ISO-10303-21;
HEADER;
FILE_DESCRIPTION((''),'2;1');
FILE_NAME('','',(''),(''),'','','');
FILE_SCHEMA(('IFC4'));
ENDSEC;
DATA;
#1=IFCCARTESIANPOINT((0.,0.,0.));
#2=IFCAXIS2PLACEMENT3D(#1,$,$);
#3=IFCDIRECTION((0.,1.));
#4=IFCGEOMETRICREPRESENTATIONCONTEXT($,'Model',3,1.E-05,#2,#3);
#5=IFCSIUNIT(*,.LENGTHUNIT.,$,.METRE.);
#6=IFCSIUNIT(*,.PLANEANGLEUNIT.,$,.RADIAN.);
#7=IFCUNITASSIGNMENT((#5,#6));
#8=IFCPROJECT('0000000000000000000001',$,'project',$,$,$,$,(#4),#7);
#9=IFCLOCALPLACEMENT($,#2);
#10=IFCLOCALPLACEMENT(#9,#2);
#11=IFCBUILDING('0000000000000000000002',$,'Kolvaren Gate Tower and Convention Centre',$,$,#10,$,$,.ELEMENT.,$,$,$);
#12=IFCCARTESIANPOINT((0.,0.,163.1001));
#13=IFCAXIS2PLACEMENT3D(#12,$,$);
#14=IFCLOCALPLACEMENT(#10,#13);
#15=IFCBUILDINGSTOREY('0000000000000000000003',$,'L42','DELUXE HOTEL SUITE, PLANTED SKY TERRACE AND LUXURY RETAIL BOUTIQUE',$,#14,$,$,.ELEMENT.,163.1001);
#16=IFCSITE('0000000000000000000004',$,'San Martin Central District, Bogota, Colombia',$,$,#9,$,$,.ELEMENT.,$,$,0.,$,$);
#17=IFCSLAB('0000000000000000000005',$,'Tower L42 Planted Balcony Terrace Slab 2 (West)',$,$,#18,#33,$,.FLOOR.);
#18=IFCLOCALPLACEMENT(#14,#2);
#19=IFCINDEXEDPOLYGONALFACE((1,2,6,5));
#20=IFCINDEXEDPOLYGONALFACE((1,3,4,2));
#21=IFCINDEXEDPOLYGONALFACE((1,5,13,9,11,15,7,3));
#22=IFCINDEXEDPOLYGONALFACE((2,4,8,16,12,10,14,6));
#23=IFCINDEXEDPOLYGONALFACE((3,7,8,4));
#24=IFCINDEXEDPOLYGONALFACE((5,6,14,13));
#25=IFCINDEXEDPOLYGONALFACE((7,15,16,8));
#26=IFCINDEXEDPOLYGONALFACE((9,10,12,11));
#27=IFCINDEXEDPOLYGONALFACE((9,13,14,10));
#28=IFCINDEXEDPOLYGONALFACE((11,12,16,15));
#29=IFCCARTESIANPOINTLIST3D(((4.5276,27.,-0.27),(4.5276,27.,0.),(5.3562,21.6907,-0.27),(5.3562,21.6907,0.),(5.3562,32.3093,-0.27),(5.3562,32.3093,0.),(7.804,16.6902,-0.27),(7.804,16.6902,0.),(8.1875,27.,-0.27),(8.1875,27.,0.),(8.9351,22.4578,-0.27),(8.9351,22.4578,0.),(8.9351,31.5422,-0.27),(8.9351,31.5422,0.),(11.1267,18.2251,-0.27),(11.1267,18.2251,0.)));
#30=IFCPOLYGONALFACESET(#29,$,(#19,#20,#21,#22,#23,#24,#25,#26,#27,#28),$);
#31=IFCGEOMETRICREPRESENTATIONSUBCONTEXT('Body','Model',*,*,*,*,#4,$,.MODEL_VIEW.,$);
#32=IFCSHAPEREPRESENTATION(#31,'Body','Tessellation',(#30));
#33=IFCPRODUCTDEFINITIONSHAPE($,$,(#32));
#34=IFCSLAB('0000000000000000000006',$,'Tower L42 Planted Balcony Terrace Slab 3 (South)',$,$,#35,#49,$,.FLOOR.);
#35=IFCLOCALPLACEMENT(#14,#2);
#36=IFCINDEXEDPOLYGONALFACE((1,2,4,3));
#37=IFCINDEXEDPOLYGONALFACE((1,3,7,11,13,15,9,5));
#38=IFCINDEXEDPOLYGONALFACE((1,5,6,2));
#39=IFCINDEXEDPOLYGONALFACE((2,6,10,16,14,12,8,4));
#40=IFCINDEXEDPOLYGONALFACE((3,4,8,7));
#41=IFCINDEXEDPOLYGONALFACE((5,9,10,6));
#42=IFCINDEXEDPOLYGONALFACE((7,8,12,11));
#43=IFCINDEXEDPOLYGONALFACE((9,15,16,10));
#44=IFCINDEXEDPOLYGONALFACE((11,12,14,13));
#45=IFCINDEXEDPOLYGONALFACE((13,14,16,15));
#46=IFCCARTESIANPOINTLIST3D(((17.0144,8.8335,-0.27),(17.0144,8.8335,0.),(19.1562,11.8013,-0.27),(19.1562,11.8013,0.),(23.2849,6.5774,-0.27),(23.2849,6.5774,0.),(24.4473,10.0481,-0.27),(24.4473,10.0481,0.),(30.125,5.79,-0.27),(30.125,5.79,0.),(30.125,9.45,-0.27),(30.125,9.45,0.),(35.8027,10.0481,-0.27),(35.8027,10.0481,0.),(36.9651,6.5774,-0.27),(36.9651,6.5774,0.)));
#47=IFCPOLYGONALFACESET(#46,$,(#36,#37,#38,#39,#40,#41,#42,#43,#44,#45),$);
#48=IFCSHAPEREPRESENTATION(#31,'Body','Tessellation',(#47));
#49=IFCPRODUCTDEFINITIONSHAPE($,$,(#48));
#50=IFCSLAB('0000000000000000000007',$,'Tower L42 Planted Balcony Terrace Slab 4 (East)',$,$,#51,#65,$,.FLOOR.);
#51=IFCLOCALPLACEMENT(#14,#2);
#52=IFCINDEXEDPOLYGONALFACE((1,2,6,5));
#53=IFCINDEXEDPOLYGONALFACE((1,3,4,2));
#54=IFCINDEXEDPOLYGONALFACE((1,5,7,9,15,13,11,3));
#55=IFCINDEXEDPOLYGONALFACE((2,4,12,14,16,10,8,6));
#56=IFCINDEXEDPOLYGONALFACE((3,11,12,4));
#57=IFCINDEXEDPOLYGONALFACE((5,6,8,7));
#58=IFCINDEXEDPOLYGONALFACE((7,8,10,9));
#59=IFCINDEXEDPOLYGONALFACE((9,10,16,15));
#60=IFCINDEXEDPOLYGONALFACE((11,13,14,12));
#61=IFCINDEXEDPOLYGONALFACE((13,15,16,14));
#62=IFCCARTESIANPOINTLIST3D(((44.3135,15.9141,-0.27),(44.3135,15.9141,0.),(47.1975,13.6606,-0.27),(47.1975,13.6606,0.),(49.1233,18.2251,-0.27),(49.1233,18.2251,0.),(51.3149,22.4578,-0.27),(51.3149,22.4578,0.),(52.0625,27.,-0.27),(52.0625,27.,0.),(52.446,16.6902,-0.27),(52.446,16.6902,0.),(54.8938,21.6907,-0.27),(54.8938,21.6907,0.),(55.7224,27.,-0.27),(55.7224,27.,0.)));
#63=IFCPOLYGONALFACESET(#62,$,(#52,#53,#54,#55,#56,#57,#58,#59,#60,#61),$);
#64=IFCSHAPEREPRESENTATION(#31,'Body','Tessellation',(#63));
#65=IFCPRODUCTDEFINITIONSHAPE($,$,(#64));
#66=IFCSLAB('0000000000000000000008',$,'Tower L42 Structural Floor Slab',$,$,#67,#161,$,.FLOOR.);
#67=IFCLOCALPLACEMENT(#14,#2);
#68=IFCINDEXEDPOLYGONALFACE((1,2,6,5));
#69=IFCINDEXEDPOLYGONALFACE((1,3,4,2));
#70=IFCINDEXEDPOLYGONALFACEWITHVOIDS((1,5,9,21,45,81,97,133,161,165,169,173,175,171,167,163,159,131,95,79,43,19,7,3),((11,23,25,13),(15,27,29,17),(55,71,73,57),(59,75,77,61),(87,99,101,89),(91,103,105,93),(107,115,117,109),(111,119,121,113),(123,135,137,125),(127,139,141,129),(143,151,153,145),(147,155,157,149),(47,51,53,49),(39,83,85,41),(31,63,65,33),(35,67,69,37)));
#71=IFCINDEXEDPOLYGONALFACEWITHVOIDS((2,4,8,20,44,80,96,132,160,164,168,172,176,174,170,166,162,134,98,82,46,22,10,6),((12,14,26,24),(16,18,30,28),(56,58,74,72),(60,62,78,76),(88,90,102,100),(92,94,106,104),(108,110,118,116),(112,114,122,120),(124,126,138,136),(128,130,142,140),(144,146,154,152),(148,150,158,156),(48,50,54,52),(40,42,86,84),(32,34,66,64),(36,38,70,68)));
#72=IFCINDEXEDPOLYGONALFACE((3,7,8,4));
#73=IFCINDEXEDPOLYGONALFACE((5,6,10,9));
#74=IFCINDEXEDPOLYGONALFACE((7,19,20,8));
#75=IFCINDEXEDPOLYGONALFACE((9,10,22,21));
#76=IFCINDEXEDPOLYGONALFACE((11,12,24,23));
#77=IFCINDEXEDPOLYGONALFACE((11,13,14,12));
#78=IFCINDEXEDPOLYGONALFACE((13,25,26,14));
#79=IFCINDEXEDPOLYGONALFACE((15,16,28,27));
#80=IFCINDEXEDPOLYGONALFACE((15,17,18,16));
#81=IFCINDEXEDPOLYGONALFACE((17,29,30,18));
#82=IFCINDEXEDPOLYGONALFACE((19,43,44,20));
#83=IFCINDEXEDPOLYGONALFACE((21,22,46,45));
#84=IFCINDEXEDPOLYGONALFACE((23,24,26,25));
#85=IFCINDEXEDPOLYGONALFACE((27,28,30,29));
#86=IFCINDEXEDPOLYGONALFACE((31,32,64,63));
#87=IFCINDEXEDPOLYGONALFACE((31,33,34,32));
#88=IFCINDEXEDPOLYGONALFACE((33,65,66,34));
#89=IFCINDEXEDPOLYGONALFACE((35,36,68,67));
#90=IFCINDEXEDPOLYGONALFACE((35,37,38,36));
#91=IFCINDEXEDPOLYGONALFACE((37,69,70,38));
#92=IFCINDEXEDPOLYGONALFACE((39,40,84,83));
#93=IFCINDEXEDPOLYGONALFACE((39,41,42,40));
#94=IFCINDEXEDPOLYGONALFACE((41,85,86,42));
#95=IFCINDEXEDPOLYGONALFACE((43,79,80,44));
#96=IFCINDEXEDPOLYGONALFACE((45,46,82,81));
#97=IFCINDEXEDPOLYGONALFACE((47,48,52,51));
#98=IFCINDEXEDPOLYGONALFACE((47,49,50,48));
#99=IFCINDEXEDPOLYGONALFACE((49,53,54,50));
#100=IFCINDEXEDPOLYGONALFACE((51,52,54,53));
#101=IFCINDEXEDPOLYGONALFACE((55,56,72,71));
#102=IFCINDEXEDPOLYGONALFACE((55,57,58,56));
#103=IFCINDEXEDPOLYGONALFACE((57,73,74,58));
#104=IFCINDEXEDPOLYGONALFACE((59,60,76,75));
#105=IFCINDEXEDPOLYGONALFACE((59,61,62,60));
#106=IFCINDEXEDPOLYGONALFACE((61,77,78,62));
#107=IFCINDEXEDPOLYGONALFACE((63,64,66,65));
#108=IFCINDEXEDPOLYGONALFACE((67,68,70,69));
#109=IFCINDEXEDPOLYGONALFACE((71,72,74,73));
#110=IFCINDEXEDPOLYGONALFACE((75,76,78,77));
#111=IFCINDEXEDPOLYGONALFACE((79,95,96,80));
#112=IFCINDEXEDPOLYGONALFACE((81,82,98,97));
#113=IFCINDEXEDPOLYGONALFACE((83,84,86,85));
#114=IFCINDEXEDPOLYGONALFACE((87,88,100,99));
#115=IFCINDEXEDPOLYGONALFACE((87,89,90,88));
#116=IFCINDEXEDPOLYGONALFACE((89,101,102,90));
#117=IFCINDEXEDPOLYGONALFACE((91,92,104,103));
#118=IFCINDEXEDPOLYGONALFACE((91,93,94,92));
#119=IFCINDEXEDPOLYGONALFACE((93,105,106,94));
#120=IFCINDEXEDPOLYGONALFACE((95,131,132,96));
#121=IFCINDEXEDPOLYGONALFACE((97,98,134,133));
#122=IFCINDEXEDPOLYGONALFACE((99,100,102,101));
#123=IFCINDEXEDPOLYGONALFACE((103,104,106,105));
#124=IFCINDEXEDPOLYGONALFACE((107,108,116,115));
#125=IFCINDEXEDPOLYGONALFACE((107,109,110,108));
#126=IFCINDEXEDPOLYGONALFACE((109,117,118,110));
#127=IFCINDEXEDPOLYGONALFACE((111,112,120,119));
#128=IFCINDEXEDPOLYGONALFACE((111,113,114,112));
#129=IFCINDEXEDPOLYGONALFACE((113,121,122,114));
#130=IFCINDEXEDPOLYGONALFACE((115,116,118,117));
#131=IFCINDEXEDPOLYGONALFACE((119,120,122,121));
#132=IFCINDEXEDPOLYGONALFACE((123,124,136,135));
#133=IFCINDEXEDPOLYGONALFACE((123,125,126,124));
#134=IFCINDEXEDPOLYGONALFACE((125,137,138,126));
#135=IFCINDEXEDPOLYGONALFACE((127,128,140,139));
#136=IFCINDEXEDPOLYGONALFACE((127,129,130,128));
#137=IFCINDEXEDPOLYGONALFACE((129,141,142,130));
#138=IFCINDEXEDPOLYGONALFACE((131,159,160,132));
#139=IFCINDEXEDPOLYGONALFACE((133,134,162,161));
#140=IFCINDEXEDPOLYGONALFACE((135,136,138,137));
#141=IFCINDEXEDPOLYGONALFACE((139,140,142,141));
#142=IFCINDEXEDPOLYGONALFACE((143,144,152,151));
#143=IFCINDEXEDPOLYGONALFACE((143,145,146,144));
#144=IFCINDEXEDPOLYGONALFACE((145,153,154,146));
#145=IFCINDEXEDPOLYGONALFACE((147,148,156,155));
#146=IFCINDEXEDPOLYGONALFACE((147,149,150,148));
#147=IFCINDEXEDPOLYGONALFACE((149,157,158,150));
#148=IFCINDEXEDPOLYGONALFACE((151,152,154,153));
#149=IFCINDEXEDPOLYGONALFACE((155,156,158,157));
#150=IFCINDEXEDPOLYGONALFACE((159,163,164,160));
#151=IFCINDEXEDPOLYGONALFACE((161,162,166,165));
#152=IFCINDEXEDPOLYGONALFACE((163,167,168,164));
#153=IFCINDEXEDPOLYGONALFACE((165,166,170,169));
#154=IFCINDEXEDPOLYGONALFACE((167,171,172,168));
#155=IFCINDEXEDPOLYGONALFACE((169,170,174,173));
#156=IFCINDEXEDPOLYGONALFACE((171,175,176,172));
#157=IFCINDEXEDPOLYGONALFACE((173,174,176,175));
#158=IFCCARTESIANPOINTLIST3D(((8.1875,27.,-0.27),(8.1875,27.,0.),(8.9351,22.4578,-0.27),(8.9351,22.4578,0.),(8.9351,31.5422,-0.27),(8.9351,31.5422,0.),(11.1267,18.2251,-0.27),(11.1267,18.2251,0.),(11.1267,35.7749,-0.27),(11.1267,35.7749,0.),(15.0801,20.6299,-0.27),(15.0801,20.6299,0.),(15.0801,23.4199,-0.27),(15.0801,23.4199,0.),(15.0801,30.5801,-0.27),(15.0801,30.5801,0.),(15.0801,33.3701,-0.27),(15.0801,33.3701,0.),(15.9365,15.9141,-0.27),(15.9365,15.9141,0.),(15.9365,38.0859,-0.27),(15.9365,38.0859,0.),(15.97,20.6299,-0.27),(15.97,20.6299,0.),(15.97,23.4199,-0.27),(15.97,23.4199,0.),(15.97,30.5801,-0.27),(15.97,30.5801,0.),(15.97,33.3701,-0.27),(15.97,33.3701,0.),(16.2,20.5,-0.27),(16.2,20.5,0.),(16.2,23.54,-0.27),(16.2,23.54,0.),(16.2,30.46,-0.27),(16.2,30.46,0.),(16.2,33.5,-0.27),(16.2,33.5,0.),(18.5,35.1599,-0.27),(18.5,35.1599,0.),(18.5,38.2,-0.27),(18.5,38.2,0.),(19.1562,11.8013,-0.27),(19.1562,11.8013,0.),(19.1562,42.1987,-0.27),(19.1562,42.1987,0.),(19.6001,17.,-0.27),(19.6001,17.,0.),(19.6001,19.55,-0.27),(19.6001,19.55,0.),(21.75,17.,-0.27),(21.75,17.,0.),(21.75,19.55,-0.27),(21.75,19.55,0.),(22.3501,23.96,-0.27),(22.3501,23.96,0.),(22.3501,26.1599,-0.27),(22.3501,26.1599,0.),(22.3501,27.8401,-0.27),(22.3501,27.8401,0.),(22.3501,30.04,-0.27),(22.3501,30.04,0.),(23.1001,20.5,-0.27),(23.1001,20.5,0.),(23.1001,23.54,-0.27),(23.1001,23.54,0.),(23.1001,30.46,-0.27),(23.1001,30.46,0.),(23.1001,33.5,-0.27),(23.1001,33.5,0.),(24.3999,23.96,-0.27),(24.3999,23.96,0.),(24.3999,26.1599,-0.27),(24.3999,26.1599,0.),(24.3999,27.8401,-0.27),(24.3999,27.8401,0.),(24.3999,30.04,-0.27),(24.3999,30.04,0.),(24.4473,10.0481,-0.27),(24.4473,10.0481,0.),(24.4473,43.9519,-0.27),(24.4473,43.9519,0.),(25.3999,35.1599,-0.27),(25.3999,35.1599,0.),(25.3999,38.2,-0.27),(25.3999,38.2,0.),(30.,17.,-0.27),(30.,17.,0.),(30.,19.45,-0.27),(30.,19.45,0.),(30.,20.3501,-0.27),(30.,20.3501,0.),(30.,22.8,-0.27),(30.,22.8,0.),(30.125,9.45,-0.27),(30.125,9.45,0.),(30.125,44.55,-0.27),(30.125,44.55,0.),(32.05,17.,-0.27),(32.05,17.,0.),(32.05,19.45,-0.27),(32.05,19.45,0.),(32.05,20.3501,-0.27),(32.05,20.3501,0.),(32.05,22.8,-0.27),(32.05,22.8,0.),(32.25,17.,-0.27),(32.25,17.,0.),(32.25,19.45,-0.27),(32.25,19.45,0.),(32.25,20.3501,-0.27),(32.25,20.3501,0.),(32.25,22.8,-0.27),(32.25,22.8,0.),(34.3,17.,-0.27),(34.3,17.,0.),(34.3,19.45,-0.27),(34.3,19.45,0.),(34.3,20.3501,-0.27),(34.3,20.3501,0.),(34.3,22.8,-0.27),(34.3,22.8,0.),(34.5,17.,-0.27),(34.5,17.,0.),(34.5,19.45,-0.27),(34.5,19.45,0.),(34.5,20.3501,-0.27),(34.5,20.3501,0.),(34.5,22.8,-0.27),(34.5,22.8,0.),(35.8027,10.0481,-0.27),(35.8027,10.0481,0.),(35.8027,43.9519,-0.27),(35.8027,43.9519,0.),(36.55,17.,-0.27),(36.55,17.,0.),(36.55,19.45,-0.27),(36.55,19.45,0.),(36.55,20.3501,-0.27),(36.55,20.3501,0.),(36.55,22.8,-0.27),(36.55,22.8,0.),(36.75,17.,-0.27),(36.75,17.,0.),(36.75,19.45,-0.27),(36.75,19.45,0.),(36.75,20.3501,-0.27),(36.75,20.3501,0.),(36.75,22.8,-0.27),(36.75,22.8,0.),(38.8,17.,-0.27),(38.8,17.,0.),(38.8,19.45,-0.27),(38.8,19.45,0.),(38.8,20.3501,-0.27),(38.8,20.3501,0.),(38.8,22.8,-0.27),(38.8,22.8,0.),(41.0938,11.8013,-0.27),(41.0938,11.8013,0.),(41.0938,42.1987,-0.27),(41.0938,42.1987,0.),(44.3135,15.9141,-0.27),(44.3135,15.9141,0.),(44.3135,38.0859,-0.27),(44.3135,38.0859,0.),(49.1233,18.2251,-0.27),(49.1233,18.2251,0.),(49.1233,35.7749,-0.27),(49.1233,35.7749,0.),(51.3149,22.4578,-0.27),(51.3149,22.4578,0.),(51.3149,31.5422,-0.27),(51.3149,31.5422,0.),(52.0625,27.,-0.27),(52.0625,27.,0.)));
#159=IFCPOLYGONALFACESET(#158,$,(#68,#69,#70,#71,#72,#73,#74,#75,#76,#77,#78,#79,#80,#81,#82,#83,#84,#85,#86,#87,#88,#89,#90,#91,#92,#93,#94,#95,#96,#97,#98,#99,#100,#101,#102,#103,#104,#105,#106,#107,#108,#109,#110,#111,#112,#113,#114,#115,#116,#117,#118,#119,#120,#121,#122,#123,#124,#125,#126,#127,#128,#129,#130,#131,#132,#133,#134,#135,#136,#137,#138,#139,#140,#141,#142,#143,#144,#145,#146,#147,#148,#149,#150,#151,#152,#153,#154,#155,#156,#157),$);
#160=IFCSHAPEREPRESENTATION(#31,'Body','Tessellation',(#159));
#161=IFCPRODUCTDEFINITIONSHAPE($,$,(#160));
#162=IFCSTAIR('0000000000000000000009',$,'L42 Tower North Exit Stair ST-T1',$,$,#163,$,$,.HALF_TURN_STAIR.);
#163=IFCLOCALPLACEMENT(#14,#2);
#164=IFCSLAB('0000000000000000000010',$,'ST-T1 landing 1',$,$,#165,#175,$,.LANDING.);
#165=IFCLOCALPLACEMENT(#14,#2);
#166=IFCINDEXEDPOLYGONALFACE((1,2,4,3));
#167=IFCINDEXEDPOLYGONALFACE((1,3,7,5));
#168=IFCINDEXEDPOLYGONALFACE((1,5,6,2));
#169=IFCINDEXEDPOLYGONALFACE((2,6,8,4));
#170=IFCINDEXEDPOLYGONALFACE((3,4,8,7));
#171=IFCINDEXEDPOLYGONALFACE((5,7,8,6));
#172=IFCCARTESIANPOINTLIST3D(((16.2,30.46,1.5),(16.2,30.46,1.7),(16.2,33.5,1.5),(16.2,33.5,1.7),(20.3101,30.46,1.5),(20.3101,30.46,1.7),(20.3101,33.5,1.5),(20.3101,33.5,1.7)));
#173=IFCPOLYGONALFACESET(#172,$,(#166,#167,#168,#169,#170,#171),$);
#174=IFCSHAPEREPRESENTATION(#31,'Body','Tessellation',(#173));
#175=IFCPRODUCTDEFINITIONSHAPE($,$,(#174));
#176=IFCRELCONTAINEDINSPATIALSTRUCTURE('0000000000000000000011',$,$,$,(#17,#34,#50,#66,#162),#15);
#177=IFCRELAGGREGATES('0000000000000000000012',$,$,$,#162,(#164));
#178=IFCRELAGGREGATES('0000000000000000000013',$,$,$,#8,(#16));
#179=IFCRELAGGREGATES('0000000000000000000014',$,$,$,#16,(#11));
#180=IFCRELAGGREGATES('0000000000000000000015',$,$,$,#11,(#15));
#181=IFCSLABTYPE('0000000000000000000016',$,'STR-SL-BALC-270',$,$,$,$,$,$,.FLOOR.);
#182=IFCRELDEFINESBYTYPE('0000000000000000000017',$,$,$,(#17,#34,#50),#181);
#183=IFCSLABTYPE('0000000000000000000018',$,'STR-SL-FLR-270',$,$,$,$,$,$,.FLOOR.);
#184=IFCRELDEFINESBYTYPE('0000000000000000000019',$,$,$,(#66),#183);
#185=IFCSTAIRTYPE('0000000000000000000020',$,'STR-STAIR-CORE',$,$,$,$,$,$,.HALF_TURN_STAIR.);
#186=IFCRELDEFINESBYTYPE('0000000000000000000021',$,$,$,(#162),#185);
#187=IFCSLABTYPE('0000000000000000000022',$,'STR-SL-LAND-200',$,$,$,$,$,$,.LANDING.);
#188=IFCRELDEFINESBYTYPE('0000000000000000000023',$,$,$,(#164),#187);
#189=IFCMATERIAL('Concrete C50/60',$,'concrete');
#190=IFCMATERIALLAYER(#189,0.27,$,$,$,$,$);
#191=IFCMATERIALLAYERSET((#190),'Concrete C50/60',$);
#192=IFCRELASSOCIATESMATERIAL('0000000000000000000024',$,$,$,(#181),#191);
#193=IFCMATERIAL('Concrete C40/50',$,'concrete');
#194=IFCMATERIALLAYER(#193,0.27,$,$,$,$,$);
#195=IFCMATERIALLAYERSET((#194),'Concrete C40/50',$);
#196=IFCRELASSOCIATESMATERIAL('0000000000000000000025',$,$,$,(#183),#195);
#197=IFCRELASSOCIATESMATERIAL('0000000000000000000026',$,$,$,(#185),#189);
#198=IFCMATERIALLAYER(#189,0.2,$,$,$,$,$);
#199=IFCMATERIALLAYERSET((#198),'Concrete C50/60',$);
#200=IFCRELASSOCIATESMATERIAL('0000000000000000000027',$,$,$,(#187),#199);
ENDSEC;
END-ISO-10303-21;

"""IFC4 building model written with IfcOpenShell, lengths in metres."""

from ifc_helpers import new_model, si_unit, direction, frame, origin, place, context, subcontext, project, spatial, polyline, outline, extrude, material, layer, layer_set, type_object, element, aggregate, save


model = new_model("IFC4")

# Units and contexts
model_context = context("Model", 3, precision=1e-05, world=origin(), true_north=direction((0.0, 1.0)))
body_context = subcontext(model_context, "Body", "Model", "MODEL_VIEW")
ifc_project = project(units=[si_unit("LENGTHUNIT", "METRE"), si_unit("PLANEANGLEUNIT", "RADIAN")], contexts=[model_context])

# Site, building, storey
site_placement = place(None, origin())
site = spatial("IfcSite", under=ifc_project, at=site_placement, Name="San Martin Central District, Bogota, Colombia", CompositionType="ELEMENT", RefElevation=0.0)
building_placement = place(site_placement, origin())
building = spatial("IfcBuilding", under=site, at=building_placement, Name="Kolvaren Gate Tower and Convention Centre", CompositionType="ELEMENT")
storey_placement = place(building_placement, frame((0.0, 0.0, 163.1001)))
storey = spatial("IfcBuildingStorey", under=building, at=storey_placement, Name="L42", Description="DELUXE HOTEL SUITE, PLANTED SKY TERRACE AND LUXURY RETAIL BOUTIQUE", CompositionType="ELEMENT", Elevation=163.1001)

# Slabs
ifc_material_1 = material(Name="Concrete C50/60", Category="concrete")
ifc_layer_1 = layer(ifc_material_1, 0.27)
ifc_layer_set_1 = layer_set([ifc_layer_1], Name="Concrete C50/60")
slab_type_1 = type_object("IfcSlabType", Name="STR-SL-BALC-270", PredefinedType="FLOOR", material=ifc_layer_set_1)
slab_1_placement = place(storey_placement, frame((0.0, 0.0, -0.27)))
element("IfcSlab", 1, at=slab_1_placement, inside=storey, type_object=slab_type_1, Name="Tower L42 Planted Balcony Terrace Slab 2 (West)", PredefinedType="FLOOR", context=body_context, shape_type="SweptSolid", body=[
    extrude(outline(polyline([(8.9351, 31.5422), (8.1875, 27.0), (8.9351, 22.4578), (11.1267, 18.2251), (7.804, 16.6902), (5.3562, 21.6907), (4.5276, 27.0), (5.3562, 32.3093), (8.9351, 31.5422)])), origin(), (0.0, 0.0, 1.0), 0.27),
])
slab_2_placement = place(storey_placement, frame((0.0, 0.0, -0.27)))
element("IfcSlab", 2, at=slab_2_placement, inside=storey, type_object=slab_type_1, Name="Tower L42 Planted Balcony Terrace Slab 3 (South)", PredefinedType="FLOOR", context=body_context, shape_type="SweptSolid", body=[
    extrude(outline(polyline([(19.1562, 11.8013), (24.4473, 10.0481), (30.125, 9.45), (35.8027, 10.0481), (36.9651, 6.5774), (30.125, 5.79), (23.2849, 6.5774), (17.0144, 8.8335), (19.1562, 11.8013)])), origin(), (0.0, 0.0, 1.0), 0.27),
])
slab_3_placement = place(storey_placement, frame((0.0, 0.0, -0.27)))
element("IfcSlab", 3, at=slab_3_placement, inside=storey, type_object=slab_type_1, Name="Tower L42 Planted Balcony Terrace Slab 4 (East)", PredefinedType="FLOOR", context=body_context, shape_type="SweptSolid", body=[
    extrude(outline(polyline([(44.3135, 15.9141), (49.1233, 18.2251), (51.3149, 22.4578), (52.0625, 27.0), (55.7224, 27.0), (54.8938, 21.6907), (52.446, 16.6902), (47.1975, 13.6606), (44.3135, 15.9141)])), origin(), (0.0, 0.0, 1.0), 0.27),
])
ifc_material_2 = material(Name="Concrete C40/50", Category="concrete")
ifc_layer_2 = layer(ifc_material_2, 0.27)
ifc_layer_set_2 = layer_set([ifc_layer_2], Name="Concrete C40/50")
slab_type_2 = type_object("IfcSlabType", Name="STR-SL-FLR-270", PredefinedType="FLOOR", material=ifc_layer_set_2)
slab_4_placement = place(storey_placement, frame((0.0, 0.0, -0.27)))
element("IfcSlab", 4, at=slab_4_placement, inside=storey, type_object=slab_type_2, Name="Tower L42 Structural Floor Slab", PredefinedType="FLOOR", context=body_context, shape_type="SweptSolid", body=[
    extrude(outline(polyline([(52.0625, 27.0), (51.3149, 31.5422), (49.1233, 35.7749), (44.3135, 38.0859), (41.0938, 42.1987), (35.8027, 43.9519), (30.125, 44.55), (24.4473, 43.9519), (19.1562, 42.1987), (15.9365, 38.0859), (11.1267, 35.7749), (8.9351, 31.5422), (8.1875, 27.0), (8.9351, 22.4578), (11.1267, 18.2251), (15.9365, 15.9141), (19.1562, 11.8013), (24.4473, 10.0481), (30.125, 9.45), (35.8027, 10.0481), (41.0938, 11.8013), (44.3135, 15.9141), (49.1233, 18.2251), (51.3149, 22.4578), (52.0625, 27.0)]), holes=[polyline([(36.75, 17.0), (36.75, 19.45), (38.8, 19.45), (38.8, 17.0), (36.75, 17.0)]), polyline([(36.75, 20.3501), (36.75, 22.8), (38.8, 22.8), (38.8, 20.3501), (36.75, 20.3501)]), polyline([(34.5, 17.0), (34.5, 19.45), (36.55, 19.45), (36.55, 17.0), (34.5, 17.0)]), polyline([(34.5, 20.3501), (34.5, 22.8), (36.55, 22.8), (36.55, 20.3501), (34.5, 20.3501)]), polyline([(32.25, 17.0), (32.25, 19.45), (34.3, 19.45), (34.3, 17.0), (32.25, 17.0)]), polyline([(32.25, 20.3501), (32.25, 22.8), (34.3, 22.8), (34.3, 20.3501), (32.25, 20.3501)]), polyline([(30.0, 17.0), (30.0, 19.45), (32.05, 19.45), (32.05, 17.0), (30.0, 17.0)]), polyline([(30.0, 20.3501), (30.0, 22.8), (32.05, 22.8), (32.05, 20.3501), (30.0, 20.3501)]), polyline([(25.3999, 38.2), (25.3999, 35.1599), (18.5, 35.1599), (18.5, 38.2), (25.3999, 38.2)]), polyline([(22.3501, 23.96), (22.3501, 26.1599), (24.3999, 26.1599), (24.3999, 23.96), (22.3501, 23.96)]), polyline([(22.3501, 27.8401), (22.3501, 30.04), (24.3999, 30.04), (24.3999, 27.8401), (22.3501, 27.8401)]), polyline([(23.1001, 23.54), (23.1001, 20.5), (16.2, 20.5), (16.2, 23.54), (23.1001, 23.54)]), polyline([(23.1001, 33.5), (23.1001, 30.46), (16.2, 30.46), (16.2, 33.5), (23.1001, 33.5)]), polyline([(19.6001, 17.0), (19.6001, 19.55), (21.75, 19.55), (21.75, 17.0), (19.6001, 17.0)]), polyline([(15.0801, 20.6299), (15.0801, 23.4199), (15.97, 23.4199), (15.97, 20.6299), (15.0801, 20.6299)]), polyline([(15.0801, 30.5801), (15.0801, 33.3701), (15.97, 33.3701), (15.97, 30.5801), (15.0801, 30.5801)])]), origin(), (0.0, 0.0, 1.0), 0.27),
])

# Stair, slab
stair_type = type_object("IfcStairType", Name="STR-STAIR-CORE", PredefinedType="HALF_TURN_STAIR", material=ifc_material_1)
stair_1_placement = place(storey_placement, origin())
stair_1 = element("IfcStair", 5, at=stair_1_placement, inside=storey, type_object=stair_type, Name="L42 Tower North Exit Stair ST-T1", PredefinedType="HALF_TURN_STAIR")
ifc_layer_3 = layer(ifc_material_1, 0.2)
ifc_layer_set_3 = layer_set([ifc_layer_3], Name="Concrete C50/60")
slab_type_3 = type_object("IfcSlabType", Name="STR-SL-LAND-200", PredefinedType="LANDING", material=ifc_layer_set_3)
slab_5_placement = place(storey_placement, frame((0.0, 0.0, 1.5)))
slab_5 = element("IfcSlab", 6, at=slab_5_placement, type_object=slab_type_3, Name="ST-T1 landing 1", PredefinedType="LANDING", context=body_context, shape_type="SweptSolid", body=[
    extrude(outline(polyline([(20.3101, 33.5), (16.2, 33.5), (16.2, 30.46), (20.3101, 30.46), (20.3101, 33.5)])), origin(), (0.0, 0.0, 1.0), 0.2),
])
aggregate(stair_1, [slab_5])

save(model, "model.ifc")
